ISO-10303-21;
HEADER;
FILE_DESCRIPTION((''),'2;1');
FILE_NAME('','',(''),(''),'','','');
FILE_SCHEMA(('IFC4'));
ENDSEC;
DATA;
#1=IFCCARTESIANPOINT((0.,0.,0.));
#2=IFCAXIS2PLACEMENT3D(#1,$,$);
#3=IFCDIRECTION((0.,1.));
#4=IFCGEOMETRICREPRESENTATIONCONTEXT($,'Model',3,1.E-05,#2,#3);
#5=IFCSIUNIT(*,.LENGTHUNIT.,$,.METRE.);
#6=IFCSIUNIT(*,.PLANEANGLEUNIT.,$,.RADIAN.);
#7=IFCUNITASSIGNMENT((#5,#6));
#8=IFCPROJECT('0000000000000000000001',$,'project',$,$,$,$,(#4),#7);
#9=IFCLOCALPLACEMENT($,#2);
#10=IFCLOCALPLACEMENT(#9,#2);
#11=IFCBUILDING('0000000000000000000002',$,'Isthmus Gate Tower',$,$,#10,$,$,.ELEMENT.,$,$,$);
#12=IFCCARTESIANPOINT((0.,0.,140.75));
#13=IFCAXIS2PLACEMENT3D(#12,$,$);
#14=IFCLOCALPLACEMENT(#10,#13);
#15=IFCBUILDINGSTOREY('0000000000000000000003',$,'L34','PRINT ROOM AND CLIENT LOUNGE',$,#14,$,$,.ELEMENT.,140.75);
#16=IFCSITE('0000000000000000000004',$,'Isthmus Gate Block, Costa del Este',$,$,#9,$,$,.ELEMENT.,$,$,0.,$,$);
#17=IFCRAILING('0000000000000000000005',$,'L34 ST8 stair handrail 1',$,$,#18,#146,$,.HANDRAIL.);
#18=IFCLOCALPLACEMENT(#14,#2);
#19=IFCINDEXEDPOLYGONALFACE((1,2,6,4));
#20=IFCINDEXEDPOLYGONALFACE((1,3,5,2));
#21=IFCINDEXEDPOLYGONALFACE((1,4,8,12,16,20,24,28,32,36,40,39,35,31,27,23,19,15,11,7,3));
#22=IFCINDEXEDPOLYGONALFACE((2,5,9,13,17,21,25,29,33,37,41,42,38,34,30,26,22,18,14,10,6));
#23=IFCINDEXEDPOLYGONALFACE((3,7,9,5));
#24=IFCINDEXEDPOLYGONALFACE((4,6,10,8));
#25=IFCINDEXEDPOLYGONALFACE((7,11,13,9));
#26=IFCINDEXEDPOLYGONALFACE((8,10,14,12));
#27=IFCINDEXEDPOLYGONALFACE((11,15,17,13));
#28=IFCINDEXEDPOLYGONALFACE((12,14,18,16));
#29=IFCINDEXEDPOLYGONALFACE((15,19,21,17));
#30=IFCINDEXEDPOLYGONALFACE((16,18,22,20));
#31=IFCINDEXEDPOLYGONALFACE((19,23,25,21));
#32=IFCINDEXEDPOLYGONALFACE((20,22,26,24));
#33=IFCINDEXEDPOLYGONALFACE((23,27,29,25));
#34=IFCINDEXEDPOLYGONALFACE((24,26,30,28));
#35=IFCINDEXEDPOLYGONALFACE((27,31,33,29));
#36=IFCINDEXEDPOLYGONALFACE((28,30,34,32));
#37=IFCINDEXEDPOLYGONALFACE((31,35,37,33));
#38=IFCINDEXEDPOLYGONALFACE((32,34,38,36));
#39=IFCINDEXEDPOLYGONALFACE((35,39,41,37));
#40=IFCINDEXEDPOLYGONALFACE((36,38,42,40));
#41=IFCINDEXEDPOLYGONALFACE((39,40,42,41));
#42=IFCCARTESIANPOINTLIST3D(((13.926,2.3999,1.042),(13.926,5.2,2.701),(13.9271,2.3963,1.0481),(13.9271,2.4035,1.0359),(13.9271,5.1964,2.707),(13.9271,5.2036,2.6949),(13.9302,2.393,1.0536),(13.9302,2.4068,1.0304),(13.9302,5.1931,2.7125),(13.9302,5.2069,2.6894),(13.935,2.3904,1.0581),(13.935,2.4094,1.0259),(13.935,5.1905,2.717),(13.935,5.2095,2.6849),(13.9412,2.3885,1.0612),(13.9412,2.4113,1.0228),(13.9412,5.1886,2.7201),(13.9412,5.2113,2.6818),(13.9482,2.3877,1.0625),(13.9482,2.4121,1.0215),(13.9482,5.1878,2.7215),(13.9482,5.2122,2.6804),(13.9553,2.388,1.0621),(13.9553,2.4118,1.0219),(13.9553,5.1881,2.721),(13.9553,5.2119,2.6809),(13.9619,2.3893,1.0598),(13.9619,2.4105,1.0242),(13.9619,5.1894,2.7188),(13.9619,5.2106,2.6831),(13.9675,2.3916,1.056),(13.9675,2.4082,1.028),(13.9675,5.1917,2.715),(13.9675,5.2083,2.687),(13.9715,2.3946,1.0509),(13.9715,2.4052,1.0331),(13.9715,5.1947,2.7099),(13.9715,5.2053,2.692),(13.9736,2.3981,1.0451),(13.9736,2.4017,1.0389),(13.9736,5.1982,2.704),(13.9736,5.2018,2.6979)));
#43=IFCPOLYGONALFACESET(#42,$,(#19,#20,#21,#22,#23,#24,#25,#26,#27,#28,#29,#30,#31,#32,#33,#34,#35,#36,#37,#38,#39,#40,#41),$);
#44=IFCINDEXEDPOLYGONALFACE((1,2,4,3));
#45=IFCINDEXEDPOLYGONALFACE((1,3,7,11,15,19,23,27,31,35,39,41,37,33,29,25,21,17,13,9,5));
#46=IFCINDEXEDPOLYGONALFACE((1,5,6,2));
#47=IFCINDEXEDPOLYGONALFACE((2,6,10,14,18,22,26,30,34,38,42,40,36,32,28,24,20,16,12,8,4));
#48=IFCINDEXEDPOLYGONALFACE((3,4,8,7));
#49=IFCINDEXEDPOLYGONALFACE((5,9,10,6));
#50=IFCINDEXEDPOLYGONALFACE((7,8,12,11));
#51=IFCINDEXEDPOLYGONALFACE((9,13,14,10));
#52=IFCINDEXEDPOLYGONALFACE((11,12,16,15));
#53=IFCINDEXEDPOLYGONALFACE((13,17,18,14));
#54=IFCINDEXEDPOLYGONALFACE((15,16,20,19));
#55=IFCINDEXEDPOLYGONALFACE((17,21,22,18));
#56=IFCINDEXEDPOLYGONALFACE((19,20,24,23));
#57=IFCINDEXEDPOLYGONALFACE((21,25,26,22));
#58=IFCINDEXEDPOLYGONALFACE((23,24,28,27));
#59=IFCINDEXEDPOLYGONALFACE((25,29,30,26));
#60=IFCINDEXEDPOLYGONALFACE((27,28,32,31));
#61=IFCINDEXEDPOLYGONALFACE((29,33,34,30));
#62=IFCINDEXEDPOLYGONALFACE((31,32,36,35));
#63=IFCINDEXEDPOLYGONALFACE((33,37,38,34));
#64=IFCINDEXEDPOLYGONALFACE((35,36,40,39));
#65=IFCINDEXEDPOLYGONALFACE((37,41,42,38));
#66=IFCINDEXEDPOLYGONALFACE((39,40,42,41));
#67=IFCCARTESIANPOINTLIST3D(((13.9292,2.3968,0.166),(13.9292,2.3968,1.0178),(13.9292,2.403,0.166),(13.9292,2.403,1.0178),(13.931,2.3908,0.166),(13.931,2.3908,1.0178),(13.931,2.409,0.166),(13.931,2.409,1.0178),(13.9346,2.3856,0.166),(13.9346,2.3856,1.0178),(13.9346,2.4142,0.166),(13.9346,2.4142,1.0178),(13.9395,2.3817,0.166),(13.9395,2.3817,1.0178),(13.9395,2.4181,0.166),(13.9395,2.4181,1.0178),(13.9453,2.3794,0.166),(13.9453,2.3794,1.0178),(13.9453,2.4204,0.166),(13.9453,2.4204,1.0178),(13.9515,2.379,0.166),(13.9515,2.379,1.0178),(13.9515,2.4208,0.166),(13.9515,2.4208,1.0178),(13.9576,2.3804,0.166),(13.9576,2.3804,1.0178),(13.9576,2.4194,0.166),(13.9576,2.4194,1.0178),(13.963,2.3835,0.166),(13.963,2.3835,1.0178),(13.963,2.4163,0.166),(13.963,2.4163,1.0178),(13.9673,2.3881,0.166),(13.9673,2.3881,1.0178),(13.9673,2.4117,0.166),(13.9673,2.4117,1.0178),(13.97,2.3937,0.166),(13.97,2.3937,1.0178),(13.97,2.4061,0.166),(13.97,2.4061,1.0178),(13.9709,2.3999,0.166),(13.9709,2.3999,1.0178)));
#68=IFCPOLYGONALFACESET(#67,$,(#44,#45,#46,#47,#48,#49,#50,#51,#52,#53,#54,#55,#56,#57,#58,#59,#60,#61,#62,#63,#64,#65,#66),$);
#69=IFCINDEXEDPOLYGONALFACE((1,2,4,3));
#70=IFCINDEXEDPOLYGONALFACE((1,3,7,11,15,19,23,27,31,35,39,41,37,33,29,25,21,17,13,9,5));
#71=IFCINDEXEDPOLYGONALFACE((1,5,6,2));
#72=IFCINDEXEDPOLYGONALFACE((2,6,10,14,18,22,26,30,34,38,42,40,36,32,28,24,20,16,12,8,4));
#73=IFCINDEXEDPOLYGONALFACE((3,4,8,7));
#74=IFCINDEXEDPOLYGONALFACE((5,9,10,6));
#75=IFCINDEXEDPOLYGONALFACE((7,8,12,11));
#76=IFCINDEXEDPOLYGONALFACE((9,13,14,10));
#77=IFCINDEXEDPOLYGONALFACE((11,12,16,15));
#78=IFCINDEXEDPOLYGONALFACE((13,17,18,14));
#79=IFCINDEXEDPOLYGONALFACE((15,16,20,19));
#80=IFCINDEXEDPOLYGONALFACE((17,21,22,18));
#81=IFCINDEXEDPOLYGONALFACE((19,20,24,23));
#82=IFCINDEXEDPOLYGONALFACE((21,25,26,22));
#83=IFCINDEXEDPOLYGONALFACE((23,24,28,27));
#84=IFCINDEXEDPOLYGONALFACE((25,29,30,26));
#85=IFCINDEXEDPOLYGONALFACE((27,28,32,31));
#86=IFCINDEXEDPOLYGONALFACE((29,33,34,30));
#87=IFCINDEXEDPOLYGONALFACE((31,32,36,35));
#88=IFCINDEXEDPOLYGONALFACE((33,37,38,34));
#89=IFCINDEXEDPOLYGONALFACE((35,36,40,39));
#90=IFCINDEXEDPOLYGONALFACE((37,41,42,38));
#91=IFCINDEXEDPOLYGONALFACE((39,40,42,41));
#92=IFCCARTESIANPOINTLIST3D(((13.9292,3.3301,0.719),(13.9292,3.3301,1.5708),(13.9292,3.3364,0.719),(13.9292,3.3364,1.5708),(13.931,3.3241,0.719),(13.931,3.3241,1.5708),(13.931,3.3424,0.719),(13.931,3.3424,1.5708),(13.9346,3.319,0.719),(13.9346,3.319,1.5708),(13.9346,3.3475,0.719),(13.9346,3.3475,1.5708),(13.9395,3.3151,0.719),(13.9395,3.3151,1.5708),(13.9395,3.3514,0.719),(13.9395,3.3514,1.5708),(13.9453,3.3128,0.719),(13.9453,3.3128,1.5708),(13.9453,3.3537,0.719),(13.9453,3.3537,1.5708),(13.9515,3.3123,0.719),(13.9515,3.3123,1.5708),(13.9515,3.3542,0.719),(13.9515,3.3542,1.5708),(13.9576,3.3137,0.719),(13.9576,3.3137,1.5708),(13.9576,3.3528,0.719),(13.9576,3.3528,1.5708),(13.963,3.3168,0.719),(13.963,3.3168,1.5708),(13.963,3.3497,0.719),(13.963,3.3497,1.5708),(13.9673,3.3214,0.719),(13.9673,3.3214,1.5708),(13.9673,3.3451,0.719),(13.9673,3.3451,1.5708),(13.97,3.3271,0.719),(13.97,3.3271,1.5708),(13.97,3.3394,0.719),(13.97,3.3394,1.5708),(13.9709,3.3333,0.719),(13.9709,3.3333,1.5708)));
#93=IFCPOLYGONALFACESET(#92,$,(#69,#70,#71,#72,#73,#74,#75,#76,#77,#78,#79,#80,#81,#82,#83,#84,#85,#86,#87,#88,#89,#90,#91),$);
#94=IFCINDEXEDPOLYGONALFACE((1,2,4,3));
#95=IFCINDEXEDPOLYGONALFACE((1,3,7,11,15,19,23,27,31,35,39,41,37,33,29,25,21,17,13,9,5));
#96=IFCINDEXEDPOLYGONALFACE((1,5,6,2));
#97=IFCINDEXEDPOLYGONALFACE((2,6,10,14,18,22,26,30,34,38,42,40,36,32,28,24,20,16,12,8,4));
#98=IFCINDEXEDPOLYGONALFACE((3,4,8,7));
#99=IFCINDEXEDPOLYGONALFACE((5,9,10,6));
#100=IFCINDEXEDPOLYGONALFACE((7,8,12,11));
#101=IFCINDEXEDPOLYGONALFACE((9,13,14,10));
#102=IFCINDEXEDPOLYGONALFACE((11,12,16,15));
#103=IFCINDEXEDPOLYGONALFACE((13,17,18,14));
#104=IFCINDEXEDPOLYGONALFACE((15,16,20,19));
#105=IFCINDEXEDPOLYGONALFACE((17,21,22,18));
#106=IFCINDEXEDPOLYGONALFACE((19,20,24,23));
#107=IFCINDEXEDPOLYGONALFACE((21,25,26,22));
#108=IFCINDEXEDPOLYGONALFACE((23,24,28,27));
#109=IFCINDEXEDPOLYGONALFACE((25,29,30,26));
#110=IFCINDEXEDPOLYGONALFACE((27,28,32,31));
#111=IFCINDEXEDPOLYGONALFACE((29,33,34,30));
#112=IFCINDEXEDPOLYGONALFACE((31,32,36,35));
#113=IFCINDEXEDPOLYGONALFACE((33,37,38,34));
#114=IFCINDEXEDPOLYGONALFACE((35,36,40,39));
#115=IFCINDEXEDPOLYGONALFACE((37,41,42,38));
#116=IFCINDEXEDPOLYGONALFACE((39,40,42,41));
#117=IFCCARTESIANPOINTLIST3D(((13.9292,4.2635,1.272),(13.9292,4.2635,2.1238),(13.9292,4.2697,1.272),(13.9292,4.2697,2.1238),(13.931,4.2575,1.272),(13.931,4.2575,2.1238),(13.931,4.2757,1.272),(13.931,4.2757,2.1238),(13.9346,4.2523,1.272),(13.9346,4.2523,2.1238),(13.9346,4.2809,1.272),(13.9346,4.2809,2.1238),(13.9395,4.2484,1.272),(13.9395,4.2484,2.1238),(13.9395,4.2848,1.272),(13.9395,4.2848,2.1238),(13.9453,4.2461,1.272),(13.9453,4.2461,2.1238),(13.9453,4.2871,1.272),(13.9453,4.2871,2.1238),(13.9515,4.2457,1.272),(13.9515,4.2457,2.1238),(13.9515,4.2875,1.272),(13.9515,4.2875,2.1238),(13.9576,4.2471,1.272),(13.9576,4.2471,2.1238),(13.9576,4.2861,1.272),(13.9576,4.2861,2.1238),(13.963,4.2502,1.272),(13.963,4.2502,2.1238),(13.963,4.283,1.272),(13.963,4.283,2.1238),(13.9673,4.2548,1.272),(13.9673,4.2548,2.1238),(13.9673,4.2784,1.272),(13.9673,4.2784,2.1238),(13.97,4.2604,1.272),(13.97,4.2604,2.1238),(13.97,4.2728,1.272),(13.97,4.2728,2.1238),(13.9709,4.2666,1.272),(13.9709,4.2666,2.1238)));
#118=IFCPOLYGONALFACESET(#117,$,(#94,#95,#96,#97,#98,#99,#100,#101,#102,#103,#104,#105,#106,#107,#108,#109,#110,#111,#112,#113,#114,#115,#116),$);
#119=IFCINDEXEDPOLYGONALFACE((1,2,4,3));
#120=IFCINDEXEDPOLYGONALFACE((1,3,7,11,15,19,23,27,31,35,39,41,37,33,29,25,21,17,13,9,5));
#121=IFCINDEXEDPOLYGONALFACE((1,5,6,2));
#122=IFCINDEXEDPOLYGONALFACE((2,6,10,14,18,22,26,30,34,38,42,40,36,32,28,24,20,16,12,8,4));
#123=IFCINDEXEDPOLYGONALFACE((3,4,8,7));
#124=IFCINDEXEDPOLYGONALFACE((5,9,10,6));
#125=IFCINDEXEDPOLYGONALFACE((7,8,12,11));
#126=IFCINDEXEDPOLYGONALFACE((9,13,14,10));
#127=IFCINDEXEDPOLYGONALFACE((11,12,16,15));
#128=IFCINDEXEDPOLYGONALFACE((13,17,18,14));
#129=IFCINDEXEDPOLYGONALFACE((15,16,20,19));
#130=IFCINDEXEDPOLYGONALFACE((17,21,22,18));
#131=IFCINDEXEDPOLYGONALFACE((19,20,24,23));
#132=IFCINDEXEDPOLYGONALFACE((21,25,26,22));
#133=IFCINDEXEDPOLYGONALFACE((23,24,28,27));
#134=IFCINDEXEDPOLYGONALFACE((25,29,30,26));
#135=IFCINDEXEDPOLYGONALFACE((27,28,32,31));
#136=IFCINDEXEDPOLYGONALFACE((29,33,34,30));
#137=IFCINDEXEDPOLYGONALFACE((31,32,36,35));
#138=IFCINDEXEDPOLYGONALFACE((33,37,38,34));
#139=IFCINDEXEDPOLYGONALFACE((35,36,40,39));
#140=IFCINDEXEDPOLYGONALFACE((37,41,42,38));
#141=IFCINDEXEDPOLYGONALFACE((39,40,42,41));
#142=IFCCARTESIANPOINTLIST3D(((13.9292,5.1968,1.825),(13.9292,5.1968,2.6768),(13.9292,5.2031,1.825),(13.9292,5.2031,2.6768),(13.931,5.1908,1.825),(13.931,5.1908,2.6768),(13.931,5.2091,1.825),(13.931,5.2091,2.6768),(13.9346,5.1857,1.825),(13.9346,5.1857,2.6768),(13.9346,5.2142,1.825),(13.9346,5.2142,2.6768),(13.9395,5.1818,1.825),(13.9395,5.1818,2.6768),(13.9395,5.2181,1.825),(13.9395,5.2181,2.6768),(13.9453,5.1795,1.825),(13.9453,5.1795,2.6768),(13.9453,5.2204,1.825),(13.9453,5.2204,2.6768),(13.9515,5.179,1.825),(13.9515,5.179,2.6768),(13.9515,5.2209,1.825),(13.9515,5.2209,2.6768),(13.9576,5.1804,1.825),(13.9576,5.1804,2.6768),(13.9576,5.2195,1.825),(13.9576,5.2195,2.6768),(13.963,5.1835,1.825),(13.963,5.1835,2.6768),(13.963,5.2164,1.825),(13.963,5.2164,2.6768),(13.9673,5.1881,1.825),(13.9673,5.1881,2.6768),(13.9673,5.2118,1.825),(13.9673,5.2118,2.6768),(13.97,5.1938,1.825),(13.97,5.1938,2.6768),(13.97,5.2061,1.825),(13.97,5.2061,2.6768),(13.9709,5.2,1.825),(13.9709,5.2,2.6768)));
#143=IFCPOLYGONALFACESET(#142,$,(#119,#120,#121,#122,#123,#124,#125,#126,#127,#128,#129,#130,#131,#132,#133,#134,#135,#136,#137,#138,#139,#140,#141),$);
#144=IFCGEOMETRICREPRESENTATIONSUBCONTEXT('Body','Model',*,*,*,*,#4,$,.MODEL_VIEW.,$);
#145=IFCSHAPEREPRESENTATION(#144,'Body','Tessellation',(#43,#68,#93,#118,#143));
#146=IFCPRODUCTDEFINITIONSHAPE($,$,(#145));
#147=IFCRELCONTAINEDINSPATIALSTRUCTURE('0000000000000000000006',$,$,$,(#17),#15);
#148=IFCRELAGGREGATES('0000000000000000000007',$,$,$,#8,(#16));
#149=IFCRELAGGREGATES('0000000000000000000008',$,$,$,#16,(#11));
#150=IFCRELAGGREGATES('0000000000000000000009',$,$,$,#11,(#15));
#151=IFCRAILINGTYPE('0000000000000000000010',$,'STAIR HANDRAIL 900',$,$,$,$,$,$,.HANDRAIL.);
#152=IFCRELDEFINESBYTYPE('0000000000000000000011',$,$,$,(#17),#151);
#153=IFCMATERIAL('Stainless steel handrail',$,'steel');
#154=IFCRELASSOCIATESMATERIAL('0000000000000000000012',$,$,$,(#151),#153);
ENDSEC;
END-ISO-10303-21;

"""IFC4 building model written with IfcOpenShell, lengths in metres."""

from ifc_helpers import new_model, si_unit, direction, frame, origin, origin_2d, place, context, subcontext, project, spatial, circle, extrude, material, type_object, element, save


model = new_model("IFC4")

# Units and contexts
model_context = context("Model", 3, precision=1e-05, world=origin(), true_north=direction((0.0, 1.0)))
body_context = subcontext(model_context, "Body", "Model", "MODEL_VIEW")
ifc_project = project(units=[si_unit("LENGTHUNIT", "METRE"), si_unit("PLANEANGLEUNIT", "RADIAN")], contexts=[model_context])

# Site, building, storey
site_placement = place(None, origin())
site = spatial("IfcSite", under=ifc_project, at=site_placement, Name="Isthmus Gate Block, Costa del Este", CompositionType="ELEMENT", RefElevation=0.0)
building_placement = place(site_placement, origin())
building = spatial("IfcBuilding", under=site, at=building_placement, Name="Isthmus Gate Tower", CompositionType="ELEMENT")
storey_placement = place(building_placement, frame((0.0, 0.0, 140.75)))
storey = spatial("IfcBuildingStorey", under=building, at=storey_placement, Name="L34", Description="PRINT ROOM AND CLIENT LOUNGE", CompositionType="ELEMENT", Elevation=140.75)

# Railing
ifc_material_1 = material(Name="Stainless steel handrail", Category="steel")
railing_type_1 = type_object("IfcRailingType", Name="STAIR HANDRAIL 900", PredefinedType="HANDRAIL", material=ifc_material_1)
railing_1_placement = place(storey_placement, frame((13.95, 2.3999, 0.166)))
element("IfcRailing", 1, at=railing_1_placement, inside=storey, type_object=railing_type_1, Name="L34 ST8 stair handrail 1", PredefinedType="HANDRAIL", context=body_context, shape_type="SweptSolid", body=[
    extrude(circle(Radius=0.0239, at=origin_2d()), frame((0.0, 0.0, 0.876), z_axis=(0.0, 0.860339, 0.509722), x_axis=(-1.0, 0.0, 0.0)), (0.0, 0.0, 1.0), 3.2546),
    extrude(circle(Radius=0.021, at=origin_2d()), origin(), (0.0, 0.0, 1.0), 0.8518),
    extrude(circle(Radius=0.021, at=origin_2d()), frame((0.0, 0.9333, 0.553)), (0.0, 0.0, 1.0), 0.8518),
    extrude(circle(Radius=0.021, at=origin_2d()), frame((0.0, 1.8667, 1.106)), (0.0, 0.0, 1.0), 0.8518),
    extrude(circle(Radius=0.021, at=origin_2d()), frame((0.0, 2.8, 1.6589)), (0.0, 0.0, 1.0), 0.8518),
])

save(model, "model.ifc")
